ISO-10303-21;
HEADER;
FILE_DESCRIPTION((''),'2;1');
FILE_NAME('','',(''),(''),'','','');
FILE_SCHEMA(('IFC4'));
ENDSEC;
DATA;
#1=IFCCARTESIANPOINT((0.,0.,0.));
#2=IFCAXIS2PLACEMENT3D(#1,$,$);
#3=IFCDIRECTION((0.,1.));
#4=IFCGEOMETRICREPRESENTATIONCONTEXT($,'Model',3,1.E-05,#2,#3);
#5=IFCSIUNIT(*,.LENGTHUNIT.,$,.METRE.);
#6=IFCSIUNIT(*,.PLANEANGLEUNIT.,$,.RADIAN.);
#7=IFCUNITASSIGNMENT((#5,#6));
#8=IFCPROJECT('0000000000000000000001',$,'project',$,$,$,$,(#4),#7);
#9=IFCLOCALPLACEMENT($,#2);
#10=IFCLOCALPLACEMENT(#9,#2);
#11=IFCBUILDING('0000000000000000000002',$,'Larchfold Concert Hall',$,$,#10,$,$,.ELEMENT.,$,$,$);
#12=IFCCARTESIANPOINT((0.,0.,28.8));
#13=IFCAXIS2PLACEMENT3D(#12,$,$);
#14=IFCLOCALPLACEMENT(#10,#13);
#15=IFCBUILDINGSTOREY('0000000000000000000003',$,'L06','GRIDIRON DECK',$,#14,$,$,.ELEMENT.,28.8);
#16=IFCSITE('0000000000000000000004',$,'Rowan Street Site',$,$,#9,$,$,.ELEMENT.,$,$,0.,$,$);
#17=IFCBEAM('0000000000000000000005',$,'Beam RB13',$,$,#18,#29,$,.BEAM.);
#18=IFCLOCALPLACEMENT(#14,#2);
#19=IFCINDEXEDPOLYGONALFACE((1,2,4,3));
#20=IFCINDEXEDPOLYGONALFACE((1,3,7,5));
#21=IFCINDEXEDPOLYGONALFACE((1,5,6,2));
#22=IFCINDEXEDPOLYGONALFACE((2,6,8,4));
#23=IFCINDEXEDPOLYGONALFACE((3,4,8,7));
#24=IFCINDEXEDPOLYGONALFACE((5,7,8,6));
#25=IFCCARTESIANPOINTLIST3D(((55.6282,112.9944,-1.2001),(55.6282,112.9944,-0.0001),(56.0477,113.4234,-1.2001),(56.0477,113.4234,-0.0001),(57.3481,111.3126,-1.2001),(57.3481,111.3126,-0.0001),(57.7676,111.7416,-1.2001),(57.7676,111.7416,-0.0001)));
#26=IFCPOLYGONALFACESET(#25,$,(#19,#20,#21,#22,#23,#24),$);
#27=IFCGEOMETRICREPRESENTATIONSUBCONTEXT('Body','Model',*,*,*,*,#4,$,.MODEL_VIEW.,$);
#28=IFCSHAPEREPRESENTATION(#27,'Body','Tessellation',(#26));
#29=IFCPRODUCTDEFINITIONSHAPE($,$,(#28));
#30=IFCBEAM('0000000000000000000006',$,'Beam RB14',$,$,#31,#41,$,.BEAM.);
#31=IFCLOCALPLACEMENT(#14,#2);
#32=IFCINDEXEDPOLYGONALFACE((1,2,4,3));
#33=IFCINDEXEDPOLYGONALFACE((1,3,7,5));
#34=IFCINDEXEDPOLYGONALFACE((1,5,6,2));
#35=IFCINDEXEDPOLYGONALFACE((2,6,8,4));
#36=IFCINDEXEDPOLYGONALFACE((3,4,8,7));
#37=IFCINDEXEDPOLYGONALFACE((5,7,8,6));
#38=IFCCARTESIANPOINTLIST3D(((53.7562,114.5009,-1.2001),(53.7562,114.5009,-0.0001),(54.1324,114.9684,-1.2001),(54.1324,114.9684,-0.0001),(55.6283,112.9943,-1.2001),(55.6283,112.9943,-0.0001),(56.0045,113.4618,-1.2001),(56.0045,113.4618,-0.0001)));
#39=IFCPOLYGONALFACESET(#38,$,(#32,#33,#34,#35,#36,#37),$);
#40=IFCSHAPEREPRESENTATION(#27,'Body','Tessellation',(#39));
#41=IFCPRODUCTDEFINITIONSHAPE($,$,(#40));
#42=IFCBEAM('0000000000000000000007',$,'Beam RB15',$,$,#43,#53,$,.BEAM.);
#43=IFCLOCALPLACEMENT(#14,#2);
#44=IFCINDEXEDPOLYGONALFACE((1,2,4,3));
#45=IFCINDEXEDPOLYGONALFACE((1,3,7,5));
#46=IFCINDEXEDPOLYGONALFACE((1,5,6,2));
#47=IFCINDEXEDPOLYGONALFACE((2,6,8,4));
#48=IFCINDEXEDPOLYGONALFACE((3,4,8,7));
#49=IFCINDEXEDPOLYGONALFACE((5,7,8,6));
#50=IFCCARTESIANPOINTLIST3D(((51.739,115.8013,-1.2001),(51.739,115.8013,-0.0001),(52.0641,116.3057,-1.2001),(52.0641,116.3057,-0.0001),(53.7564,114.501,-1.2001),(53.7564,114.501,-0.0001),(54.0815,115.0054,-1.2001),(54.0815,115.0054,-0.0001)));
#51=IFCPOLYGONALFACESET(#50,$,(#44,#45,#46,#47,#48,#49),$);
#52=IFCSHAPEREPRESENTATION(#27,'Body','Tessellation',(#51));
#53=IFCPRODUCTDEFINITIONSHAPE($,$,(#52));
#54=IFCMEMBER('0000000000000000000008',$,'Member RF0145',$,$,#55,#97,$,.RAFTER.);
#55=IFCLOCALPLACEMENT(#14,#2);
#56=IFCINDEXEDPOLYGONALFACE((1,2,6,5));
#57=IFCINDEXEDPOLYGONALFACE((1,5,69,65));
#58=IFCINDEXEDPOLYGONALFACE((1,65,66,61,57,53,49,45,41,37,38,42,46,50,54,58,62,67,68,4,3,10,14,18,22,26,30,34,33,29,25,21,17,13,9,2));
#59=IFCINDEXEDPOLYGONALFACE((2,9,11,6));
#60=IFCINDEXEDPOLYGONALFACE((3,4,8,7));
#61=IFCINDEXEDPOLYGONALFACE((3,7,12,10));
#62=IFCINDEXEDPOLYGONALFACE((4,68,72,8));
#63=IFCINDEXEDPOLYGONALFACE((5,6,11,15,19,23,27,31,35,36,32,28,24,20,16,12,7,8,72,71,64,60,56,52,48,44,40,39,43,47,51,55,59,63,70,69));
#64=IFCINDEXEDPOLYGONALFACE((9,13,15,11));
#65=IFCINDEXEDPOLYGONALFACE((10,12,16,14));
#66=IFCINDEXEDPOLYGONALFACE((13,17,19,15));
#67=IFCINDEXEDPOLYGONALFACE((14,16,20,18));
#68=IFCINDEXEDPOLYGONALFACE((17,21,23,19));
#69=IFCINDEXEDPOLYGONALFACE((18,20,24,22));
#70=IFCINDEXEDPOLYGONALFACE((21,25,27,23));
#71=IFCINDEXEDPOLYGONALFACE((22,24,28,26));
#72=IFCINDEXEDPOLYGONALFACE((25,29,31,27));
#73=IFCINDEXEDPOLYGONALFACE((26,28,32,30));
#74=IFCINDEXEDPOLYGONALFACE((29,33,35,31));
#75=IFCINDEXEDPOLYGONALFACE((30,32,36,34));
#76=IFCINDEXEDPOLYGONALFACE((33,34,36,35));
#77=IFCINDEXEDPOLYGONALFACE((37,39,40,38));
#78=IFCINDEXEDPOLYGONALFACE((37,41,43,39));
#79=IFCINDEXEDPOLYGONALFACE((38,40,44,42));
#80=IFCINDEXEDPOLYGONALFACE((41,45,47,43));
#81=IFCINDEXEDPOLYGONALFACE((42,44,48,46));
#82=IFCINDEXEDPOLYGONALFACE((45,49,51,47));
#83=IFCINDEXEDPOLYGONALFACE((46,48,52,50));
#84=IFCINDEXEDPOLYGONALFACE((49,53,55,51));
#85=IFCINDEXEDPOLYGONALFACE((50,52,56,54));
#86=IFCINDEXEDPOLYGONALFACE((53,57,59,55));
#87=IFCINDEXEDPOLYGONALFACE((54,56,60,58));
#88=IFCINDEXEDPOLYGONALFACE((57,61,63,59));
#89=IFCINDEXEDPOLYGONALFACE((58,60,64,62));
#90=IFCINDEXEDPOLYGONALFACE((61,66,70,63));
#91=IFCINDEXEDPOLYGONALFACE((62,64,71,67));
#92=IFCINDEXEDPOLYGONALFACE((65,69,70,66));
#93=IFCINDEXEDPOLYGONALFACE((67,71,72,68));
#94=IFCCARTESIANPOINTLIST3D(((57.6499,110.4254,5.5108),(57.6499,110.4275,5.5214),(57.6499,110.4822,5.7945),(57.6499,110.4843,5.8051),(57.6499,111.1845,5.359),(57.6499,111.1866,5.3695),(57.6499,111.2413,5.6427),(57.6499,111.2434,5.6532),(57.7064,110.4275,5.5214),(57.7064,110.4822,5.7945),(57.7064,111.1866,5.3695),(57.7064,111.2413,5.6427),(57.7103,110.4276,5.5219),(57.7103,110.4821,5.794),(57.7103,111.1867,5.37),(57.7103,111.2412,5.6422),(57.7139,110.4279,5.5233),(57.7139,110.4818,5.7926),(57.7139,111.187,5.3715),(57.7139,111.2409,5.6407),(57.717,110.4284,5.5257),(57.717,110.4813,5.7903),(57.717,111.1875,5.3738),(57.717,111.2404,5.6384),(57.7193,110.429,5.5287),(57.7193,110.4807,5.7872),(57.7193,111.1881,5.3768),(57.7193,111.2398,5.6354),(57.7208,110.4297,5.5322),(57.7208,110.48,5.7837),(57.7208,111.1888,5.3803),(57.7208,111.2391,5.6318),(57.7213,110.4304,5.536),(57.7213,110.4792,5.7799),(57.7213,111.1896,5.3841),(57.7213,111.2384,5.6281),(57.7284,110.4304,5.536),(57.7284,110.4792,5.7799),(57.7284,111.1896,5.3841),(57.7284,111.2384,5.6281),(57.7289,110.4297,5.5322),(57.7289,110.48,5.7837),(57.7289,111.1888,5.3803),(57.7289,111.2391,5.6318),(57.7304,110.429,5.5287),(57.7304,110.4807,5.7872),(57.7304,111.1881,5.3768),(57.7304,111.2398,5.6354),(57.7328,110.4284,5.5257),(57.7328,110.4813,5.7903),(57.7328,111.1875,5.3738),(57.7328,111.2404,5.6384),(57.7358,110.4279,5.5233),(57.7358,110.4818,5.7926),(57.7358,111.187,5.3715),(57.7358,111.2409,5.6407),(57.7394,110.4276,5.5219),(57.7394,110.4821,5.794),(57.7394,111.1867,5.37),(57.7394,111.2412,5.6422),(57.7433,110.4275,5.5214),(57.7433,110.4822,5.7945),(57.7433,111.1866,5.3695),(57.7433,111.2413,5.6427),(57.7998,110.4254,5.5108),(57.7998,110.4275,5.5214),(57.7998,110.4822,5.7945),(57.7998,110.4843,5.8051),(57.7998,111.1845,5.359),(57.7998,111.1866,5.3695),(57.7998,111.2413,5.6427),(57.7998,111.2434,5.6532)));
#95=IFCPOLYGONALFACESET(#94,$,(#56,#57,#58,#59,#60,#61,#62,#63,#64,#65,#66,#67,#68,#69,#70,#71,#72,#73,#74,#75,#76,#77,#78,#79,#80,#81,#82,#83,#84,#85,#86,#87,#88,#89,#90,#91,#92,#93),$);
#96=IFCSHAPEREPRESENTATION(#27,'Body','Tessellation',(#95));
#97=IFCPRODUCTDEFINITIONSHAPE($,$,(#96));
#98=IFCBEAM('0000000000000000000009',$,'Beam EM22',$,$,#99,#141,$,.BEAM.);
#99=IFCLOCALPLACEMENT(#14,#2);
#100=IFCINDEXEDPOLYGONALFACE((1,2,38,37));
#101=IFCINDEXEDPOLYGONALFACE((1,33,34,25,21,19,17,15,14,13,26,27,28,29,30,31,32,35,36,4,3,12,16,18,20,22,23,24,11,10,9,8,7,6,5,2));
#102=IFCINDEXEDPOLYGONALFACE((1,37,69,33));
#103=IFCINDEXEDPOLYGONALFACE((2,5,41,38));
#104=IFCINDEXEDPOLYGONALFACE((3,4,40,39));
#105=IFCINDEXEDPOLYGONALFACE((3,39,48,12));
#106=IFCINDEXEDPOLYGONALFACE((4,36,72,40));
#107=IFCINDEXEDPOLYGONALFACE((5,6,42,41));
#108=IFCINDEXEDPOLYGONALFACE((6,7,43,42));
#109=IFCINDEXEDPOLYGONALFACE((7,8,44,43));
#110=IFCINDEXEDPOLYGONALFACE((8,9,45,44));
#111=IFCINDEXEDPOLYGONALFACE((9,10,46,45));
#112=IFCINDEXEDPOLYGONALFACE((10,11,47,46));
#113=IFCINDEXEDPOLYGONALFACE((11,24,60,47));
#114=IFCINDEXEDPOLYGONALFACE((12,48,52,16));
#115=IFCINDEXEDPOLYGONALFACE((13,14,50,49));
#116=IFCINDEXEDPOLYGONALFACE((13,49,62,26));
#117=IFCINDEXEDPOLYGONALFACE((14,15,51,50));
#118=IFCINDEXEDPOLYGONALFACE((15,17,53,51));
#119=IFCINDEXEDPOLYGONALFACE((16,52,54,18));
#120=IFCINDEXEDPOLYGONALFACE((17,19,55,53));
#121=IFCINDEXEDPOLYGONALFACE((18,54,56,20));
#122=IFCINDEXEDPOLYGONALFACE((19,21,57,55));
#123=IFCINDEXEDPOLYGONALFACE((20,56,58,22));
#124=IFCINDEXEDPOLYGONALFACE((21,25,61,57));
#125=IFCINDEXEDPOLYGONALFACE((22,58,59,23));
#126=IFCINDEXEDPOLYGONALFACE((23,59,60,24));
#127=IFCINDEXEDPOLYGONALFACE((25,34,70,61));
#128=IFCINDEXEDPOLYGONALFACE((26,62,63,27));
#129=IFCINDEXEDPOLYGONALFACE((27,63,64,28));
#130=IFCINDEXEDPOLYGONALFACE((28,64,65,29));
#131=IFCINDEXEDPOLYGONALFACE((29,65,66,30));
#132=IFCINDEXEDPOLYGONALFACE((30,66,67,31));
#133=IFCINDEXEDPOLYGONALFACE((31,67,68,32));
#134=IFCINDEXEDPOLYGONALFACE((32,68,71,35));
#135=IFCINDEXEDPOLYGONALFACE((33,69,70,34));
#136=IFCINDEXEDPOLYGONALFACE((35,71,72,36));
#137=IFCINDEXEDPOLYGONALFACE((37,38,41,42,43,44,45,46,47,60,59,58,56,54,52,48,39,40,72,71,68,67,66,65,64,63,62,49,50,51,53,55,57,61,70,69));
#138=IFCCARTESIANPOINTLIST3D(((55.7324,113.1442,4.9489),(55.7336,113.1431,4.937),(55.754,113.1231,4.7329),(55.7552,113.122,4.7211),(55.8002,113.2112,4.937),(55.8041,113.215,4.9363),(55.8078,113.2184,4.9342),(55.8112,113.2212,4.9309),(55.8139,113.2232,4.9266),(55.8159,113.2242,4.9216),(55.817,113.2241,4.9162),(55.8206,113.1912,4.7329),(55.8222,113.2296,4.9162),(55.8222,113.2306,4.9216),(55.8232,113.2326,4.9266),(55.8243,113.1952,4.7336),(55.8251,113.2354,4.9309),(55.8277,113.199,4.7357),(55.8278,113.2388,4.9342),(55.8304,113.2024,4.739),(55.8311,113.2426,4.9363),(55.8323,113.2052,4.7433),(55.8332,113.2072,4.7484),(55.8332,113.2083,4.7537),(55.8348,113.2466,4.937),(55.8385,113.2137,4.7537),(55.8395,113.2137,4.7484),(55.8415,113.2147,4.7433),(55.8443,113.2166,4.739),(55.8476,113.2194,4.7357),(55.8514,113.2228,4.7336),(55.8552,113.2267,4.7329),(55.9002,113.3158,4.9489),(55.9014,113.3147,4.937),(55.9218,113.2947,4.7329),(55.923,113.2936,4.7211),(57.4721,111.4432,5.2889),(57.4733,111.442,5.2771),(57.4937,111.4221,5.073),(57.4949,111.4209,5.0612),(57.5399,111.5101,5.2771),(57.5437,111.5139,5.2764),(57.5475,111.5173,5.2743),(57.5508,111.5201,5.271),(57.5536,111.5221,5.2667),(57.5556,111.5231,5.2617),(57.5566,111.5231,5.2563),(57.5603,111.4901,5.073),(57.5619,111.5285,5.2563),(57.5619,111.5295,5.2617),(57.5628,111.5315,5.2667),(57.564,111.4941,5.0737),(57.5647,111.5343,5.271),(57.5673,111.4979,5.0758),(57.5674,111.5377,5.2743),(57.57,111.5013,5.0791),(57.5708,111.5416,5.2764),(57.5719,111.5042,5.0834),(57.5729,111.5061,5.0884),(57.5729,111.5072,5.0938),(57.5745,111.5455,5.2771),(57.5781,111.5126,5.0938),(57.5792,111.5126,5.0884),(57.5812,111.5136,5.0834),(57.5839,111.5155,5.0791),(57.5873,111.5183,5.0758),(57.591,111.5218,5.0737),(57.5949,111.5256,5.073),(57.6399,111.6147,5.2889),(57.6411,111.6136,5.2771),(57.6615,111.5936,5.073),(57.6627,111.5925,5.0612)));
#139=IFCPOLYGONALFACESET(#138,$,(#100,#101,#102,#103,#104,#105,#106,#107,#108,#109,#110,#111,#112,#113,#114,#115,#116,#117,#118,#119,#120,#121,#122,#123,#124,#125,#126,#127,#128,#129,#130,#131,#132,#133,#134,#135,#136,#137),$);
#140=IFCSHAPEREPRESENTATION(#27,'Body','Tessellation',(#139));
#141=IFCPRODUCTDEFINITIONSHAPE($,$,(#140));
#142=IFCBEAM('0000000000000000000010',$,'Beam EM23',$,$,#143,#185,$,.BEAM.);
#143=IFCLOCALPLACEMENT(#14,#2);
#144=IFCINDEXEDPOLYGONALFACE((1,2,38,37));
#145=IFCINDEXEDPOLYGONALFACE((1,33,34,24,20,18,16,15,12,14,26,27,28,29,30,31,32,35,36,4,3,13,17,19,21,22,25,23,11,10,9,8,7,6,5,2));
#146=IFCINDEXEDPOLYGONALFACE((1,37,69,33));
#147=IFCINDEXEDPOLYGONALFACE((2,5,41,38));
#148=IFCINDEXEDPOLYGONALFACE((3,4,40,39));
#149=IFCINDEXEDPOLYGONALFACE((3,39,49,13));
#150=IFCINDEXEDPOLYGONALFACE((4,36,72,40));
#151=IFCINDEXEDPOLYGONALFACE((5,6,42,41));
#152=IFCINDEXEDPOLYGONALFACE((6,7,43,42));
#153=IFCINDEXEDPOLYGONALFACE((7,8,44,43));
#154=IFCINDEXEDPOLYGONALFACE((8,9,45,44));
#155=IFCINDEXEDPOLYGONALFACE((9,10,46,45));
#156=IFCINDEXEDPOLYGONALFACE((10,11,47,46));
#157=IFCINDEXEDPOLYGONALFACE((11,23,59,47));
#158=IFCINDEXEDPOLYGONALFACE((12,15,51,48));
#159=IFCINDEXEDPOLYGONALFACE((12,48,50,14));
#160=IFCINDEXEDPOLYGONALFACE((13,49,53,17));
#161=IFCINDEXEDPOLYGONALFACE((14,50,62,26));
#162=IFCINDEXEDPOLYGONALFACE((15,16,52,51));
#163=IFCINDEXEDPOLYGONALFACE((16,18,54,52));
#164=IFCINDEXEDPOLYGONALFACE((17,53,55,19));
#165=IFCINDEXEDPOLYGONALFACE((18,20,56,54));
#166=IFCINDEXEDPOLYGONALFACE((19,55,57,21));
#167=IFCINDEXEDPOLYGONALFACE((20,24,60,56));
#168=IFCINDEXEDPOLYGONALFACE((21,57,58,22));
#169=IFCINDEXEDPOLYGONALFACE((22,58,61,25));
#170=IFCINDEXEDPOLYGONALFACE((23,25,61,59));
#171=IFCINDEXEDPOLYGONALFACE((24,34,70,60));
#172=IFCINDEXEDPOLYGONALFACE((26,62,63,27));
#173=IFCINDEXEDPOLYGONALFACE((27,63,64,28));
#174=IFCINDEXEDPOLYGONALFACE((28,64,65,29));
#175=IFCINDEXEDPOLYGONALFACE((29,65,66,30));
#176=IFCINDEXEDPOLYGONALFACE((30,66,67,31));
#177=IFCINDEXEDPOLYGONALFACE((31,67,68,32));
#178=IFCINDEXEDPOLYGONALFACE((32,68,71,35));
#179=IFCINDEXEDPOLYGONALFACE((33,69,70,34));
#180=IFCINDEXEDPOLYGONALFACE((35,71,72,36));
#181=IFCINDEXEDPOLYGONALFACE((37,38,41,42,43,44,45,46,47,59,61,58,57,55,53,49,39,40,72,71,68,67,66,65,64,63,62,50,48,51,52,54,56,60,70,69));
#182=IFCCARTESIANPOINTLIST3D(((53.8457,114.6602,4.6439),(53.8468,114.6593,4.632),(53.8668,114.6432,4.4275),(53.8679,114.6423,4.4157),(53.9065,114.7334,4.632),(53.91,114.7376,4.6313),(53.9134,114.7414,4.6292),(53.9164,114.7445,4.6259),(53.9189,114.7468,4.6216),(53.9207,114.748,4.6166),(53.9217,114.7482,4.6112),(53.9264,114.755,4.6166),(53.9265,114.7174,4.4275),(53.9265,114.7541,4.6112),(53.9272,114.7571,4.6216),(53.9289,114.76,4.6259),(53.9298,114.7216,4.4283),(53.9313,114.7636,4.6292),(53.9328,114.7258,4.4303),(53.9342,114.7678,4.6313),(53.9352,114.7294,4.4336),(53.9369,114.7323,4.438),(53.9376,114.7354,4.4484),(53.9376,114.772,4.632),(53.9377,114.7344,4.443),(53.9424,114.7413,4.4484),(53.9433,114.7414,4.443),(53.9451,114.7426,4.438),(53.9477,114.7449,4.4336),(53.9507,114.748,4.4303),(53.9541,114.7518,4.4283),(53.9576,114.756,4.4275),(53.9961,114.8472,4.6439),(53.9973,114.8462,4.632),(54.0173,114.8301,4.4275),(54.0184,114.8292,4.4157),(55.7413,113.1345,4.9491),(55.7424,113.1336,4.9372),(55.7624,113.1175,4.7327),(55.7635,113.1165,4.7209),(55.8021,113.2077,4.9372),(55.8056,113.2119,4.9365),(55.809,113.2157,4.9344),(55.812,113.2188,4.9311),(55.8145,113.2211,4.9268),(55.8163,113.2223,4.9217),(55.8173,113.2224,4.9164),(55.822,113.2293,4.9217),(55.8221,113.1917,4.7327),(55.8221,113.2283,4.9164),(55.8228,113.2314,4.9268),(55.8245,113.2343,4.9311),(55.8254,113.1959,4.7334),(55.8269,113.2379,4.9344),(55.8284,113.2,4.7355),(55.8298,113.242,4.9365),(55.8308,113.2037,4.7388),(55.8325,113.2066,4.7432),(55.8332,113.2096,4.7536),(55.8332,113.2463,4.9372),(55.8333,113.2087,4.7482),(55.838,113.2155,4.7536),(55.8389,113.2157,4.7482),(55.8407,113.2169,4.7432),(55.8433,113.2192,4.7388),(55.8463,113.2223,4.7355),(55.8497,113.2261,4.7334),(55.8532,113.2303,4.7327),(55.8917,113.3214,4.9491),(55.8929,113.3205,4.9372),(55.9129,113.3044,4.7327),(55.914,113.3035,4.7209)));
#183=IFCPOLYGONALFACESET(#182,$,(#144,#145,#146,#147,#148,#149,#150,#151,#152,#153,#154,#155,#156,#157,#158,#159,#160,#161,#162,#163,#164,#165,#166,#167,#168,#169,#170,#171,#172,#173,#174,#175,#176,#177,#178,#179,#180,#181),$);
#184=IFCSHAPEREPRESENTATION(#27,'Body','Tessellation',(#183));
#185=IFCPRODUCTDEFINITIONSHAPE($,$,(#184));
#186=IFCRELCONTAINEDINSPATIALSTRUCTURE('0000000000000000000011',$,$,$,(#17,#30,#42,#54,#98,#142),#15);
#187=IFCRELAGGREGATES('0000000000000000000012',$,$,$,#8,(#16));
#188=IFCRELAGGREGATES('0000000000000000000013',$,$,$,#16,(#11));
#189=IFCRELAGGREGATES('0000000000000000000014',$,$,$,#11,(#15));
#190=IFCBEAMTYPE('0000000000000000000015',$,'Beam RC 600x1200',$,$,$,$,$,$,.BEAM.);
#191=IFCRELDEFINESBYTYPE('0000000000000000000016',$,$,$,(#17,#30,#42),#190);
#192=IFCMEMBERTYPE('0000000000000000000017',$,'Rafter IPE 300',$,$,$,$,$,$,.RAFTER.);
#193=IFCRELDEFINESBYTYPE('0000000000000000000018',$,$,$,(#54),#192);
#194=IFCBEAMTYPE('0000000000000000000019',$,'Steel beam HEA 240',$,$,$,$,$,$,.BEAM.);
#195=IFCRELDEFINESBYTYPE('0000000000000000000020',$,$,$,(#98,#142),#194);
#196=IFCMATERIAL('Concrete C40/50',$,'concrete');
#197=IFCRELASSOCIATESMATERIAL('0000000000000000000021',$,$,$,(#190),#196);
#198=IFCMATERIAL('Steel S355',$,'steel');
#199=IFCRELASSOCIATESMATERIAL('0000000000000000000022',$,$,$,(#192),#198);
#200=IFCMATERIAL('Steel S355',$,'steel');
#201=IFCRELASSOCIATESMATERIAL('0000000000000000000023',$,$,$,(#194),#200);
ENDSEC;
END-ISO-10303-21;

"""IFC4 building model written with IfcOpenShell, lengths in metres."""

from ifc_helpers import new_model, si_unit, direction, frame, origin, origin_2d, place, context, subcontext, project, spatial, rectangle, i_section, extrude, material, material_profile, profile_set, type_object, element, save


model = new_model("IFC4")

# Units and contexts
model_context = context("Model", 3, precision=1e-05, world=origin(), true_north=direction((0.0, 1.0)))
body_context = subcontext(model_context, "Body", "Model", "MODEL_VIEW")
ifc_project = project(units=[si_unit("LENGTHUNIT", "METRE"), si_unit("PLANEANGLEUNIT", "RADIAN")], contexts=[model_context])

# Site, building, storey
site_placement = place(None, origin())
site = spatial("IfcSite", under=ifc_project, at=site_placement, Name="Rowan Street Site", CompositionType="ELEMENT", RefElevation=0.0)
building_placement = place(site_placement, origin())
building = spatial("IfcBuilding", under=site, at=building_placement, Name="Larchfold Concert Hall", CompositionType="ELEMENT")
storey_placement = place(building_placement, frame((0.0, 0.0, 28.8)))
storey = spatial("IfcBuildingStorey", under=building, at=storey_placement, Name="L06", Description="GRIDIRON DECK", CompositionType="ELEMENT", Elevation=28.8)

# Beams
ifc_material_1 = material(Name="Concrete C40/50", Category="concrete")
ifc_material_profile_1 = material_profile(ifc_material_1, rectangle(XDim=0.6001, YDim=1.2, at=origin_2d()))
ifc_profile_set_1 = profile_set([ifc_material_profile_1], Name="Concrete C40/50")
beam_type_1 = type_object("IfcBeamType", Name="Beam RC 600x1200", PredefinedType="BEAM", material=ifc_profile_set_1)
beam_1_placement = place(storey_placement, frame((57.5579, 111.5271, -0.6001), z_axis=(-0.714978, 0.699146, 0.0), x_axis=(-0.699146, -0.714978, 0.0)))
element("IfcBeam", 1, at=beam_1_placement, inside=storey, type_object=beam_type_1, Name="Beam RB13", PredefinedType="BEAM", context=body_context, shape_type="SweptSolid", body=[
    extrude(rectangle(XDim=0.6001, YDim=1.2, at=origin_2d()), origin(), (0.0, 0.0, 1.0), 2.4055),
])
beam_2_placement = place(storey_placement, frame((55.8164, 113.228, -0.6001), z_axis=(-0.779052, 0.62696, 0.0), x_axis=(-0.62696, -0.779052, 0.0)))
element("IfcBeam", 2, at=beam_2_placement, inside=storey, type_object=beam_type_1, Name="Beam RB14", PredefinedType="BEAM", context=body_context, shape_type="SweptSolid", body=[
    extrude(rectangle(XDim=0.6001, YDim=1.2, at=origin_2d()), origin(), (0.0, 0.0, 1.0), 2.4031),
])
beam_3_placement = place(storey_placement, frame((53.9189, 114.7532, -0.6001), z_axis=(-0.840527, 0.54177, 0.0), x_axis=(-0.54177, -0.840527, 0.0)))
element("IfcBeam", 3, at=beam_3_placement, inside=storey, type_object=beam_type_1, Name="Beam RB15", PredefinedType="BEAM", context=body_context, shape_type="SweptSolid", body=[
    extrude(rectangle(XDim=0.6001, YDim=1.2, at=origin_2d()), origin(), (0.0, 0.0, 1.0), 2.4001),
])

# Member
ifc_material_2 = material(Name="Steel S355", Category="steel")
ifc_material_profile_2 = material_profile(ifc_material_2, i_section(OverallWidth=0.1499, OverallDepth=0.3, WebThickness=0.0071, FlangeThickness=0.0107, FilletRadius=0.0149, at=origin_2d()))
ifc_profile_set_2 = profile_set([ifc_material_profile_2], Name="Steel S355")
member_type_1 = type_object("IfcMemberType", Name="Rafter IPE 300", PredefinedType="RAFTER", material=ifc_profile_set_2)
member_1_placement = place(storey_placement, frame((57.7249, 110.4548, 5.658), z_axis=(0.0, 0.980569, -0.196177), x_axis=(-1.0, 0.0, 0.0)))
element("IfcMember", 4, at=member_1_placement, inside=storey, type_object=member_type_1, Name="Member RF0145", PredefinedType="RAFTER", context=body_context, shape_type="SweptSolid", body=[
    extrude(i_section(OverallWidth=0.1499, OverallDepth=0.3, WebThickness=0.0071, FlangeThickness=0.0107, FilletRadius=0.0149, at=origin_2d()), origin(), (0.0, 0.0, 1.0), 0.7742),
])

# Beams
ifc_material_3 = material(Name="Steel S355", Category="steel")
ifc_material_profile_3 = material_profile(ifc_material_3, i_section(OverallWidth=0.24, OverallDepth=0.23, WebThickness=0.0076, FlangeThickness=0.012, FilletRadius=0.021, at=origin_2d()))
ifc_profile_set_3 = profile_set([ifc_material_profile_3], Name="Steel S355")
beam_type_2 = type_object("IfcBeamType", Name="Steel beam HEA 240", PredefinedType="BEAM", material=ifc_profile_set_3)
beam_4_placement = place(storey_placement, frame((57.5674, 111.5178, 5.175), z_axis=(-0.708106, 0.692406, -0.138421), x_axis=(-0.699136, -0.714989, 0.0)))
element("IfcBeam", 5, at=beam_4_placement, inside=storey, type_object=beam_type_2, Name="Beam EM22", PredefinedType="BEAM", context=body_context, shape_type="SweptSolid", body=[
    extrude(i_section(OverallWidth=0.24, OverallDepth=0.23, WebThickness=0.0076, FlangeThickness=0.012, FilletRadius=0.021, at=origin_2d()), origin(), (0.0, 0.0, 1.0), 2.4568),
])
beam_5_placement = place(storey_placement, frame((55.8276, 113.219, 4.835), z_axis=(-0.772959, 0.622131, -0.124446), x_axis=(-0.627005, -0.779015, 0.0)))
element("IfcBeam", 6, at=beam_5_placement, inside=storey, type_object=beam_type_2, Name="Beam EM23", PredefinedType="BEAM", context=body_context, shape_type="SweptSolid", body=[
    extrude(i_section(OverallWidth=0.24, OverallDepth=0.23, WebThickness=0.0076, FlangeThickness=0.012, FilletRadius=0.021, at=origin_2d()), origin(), (0.0, 0.0, 1.0), 2.4524),
])

save(model, "model.ifc")
